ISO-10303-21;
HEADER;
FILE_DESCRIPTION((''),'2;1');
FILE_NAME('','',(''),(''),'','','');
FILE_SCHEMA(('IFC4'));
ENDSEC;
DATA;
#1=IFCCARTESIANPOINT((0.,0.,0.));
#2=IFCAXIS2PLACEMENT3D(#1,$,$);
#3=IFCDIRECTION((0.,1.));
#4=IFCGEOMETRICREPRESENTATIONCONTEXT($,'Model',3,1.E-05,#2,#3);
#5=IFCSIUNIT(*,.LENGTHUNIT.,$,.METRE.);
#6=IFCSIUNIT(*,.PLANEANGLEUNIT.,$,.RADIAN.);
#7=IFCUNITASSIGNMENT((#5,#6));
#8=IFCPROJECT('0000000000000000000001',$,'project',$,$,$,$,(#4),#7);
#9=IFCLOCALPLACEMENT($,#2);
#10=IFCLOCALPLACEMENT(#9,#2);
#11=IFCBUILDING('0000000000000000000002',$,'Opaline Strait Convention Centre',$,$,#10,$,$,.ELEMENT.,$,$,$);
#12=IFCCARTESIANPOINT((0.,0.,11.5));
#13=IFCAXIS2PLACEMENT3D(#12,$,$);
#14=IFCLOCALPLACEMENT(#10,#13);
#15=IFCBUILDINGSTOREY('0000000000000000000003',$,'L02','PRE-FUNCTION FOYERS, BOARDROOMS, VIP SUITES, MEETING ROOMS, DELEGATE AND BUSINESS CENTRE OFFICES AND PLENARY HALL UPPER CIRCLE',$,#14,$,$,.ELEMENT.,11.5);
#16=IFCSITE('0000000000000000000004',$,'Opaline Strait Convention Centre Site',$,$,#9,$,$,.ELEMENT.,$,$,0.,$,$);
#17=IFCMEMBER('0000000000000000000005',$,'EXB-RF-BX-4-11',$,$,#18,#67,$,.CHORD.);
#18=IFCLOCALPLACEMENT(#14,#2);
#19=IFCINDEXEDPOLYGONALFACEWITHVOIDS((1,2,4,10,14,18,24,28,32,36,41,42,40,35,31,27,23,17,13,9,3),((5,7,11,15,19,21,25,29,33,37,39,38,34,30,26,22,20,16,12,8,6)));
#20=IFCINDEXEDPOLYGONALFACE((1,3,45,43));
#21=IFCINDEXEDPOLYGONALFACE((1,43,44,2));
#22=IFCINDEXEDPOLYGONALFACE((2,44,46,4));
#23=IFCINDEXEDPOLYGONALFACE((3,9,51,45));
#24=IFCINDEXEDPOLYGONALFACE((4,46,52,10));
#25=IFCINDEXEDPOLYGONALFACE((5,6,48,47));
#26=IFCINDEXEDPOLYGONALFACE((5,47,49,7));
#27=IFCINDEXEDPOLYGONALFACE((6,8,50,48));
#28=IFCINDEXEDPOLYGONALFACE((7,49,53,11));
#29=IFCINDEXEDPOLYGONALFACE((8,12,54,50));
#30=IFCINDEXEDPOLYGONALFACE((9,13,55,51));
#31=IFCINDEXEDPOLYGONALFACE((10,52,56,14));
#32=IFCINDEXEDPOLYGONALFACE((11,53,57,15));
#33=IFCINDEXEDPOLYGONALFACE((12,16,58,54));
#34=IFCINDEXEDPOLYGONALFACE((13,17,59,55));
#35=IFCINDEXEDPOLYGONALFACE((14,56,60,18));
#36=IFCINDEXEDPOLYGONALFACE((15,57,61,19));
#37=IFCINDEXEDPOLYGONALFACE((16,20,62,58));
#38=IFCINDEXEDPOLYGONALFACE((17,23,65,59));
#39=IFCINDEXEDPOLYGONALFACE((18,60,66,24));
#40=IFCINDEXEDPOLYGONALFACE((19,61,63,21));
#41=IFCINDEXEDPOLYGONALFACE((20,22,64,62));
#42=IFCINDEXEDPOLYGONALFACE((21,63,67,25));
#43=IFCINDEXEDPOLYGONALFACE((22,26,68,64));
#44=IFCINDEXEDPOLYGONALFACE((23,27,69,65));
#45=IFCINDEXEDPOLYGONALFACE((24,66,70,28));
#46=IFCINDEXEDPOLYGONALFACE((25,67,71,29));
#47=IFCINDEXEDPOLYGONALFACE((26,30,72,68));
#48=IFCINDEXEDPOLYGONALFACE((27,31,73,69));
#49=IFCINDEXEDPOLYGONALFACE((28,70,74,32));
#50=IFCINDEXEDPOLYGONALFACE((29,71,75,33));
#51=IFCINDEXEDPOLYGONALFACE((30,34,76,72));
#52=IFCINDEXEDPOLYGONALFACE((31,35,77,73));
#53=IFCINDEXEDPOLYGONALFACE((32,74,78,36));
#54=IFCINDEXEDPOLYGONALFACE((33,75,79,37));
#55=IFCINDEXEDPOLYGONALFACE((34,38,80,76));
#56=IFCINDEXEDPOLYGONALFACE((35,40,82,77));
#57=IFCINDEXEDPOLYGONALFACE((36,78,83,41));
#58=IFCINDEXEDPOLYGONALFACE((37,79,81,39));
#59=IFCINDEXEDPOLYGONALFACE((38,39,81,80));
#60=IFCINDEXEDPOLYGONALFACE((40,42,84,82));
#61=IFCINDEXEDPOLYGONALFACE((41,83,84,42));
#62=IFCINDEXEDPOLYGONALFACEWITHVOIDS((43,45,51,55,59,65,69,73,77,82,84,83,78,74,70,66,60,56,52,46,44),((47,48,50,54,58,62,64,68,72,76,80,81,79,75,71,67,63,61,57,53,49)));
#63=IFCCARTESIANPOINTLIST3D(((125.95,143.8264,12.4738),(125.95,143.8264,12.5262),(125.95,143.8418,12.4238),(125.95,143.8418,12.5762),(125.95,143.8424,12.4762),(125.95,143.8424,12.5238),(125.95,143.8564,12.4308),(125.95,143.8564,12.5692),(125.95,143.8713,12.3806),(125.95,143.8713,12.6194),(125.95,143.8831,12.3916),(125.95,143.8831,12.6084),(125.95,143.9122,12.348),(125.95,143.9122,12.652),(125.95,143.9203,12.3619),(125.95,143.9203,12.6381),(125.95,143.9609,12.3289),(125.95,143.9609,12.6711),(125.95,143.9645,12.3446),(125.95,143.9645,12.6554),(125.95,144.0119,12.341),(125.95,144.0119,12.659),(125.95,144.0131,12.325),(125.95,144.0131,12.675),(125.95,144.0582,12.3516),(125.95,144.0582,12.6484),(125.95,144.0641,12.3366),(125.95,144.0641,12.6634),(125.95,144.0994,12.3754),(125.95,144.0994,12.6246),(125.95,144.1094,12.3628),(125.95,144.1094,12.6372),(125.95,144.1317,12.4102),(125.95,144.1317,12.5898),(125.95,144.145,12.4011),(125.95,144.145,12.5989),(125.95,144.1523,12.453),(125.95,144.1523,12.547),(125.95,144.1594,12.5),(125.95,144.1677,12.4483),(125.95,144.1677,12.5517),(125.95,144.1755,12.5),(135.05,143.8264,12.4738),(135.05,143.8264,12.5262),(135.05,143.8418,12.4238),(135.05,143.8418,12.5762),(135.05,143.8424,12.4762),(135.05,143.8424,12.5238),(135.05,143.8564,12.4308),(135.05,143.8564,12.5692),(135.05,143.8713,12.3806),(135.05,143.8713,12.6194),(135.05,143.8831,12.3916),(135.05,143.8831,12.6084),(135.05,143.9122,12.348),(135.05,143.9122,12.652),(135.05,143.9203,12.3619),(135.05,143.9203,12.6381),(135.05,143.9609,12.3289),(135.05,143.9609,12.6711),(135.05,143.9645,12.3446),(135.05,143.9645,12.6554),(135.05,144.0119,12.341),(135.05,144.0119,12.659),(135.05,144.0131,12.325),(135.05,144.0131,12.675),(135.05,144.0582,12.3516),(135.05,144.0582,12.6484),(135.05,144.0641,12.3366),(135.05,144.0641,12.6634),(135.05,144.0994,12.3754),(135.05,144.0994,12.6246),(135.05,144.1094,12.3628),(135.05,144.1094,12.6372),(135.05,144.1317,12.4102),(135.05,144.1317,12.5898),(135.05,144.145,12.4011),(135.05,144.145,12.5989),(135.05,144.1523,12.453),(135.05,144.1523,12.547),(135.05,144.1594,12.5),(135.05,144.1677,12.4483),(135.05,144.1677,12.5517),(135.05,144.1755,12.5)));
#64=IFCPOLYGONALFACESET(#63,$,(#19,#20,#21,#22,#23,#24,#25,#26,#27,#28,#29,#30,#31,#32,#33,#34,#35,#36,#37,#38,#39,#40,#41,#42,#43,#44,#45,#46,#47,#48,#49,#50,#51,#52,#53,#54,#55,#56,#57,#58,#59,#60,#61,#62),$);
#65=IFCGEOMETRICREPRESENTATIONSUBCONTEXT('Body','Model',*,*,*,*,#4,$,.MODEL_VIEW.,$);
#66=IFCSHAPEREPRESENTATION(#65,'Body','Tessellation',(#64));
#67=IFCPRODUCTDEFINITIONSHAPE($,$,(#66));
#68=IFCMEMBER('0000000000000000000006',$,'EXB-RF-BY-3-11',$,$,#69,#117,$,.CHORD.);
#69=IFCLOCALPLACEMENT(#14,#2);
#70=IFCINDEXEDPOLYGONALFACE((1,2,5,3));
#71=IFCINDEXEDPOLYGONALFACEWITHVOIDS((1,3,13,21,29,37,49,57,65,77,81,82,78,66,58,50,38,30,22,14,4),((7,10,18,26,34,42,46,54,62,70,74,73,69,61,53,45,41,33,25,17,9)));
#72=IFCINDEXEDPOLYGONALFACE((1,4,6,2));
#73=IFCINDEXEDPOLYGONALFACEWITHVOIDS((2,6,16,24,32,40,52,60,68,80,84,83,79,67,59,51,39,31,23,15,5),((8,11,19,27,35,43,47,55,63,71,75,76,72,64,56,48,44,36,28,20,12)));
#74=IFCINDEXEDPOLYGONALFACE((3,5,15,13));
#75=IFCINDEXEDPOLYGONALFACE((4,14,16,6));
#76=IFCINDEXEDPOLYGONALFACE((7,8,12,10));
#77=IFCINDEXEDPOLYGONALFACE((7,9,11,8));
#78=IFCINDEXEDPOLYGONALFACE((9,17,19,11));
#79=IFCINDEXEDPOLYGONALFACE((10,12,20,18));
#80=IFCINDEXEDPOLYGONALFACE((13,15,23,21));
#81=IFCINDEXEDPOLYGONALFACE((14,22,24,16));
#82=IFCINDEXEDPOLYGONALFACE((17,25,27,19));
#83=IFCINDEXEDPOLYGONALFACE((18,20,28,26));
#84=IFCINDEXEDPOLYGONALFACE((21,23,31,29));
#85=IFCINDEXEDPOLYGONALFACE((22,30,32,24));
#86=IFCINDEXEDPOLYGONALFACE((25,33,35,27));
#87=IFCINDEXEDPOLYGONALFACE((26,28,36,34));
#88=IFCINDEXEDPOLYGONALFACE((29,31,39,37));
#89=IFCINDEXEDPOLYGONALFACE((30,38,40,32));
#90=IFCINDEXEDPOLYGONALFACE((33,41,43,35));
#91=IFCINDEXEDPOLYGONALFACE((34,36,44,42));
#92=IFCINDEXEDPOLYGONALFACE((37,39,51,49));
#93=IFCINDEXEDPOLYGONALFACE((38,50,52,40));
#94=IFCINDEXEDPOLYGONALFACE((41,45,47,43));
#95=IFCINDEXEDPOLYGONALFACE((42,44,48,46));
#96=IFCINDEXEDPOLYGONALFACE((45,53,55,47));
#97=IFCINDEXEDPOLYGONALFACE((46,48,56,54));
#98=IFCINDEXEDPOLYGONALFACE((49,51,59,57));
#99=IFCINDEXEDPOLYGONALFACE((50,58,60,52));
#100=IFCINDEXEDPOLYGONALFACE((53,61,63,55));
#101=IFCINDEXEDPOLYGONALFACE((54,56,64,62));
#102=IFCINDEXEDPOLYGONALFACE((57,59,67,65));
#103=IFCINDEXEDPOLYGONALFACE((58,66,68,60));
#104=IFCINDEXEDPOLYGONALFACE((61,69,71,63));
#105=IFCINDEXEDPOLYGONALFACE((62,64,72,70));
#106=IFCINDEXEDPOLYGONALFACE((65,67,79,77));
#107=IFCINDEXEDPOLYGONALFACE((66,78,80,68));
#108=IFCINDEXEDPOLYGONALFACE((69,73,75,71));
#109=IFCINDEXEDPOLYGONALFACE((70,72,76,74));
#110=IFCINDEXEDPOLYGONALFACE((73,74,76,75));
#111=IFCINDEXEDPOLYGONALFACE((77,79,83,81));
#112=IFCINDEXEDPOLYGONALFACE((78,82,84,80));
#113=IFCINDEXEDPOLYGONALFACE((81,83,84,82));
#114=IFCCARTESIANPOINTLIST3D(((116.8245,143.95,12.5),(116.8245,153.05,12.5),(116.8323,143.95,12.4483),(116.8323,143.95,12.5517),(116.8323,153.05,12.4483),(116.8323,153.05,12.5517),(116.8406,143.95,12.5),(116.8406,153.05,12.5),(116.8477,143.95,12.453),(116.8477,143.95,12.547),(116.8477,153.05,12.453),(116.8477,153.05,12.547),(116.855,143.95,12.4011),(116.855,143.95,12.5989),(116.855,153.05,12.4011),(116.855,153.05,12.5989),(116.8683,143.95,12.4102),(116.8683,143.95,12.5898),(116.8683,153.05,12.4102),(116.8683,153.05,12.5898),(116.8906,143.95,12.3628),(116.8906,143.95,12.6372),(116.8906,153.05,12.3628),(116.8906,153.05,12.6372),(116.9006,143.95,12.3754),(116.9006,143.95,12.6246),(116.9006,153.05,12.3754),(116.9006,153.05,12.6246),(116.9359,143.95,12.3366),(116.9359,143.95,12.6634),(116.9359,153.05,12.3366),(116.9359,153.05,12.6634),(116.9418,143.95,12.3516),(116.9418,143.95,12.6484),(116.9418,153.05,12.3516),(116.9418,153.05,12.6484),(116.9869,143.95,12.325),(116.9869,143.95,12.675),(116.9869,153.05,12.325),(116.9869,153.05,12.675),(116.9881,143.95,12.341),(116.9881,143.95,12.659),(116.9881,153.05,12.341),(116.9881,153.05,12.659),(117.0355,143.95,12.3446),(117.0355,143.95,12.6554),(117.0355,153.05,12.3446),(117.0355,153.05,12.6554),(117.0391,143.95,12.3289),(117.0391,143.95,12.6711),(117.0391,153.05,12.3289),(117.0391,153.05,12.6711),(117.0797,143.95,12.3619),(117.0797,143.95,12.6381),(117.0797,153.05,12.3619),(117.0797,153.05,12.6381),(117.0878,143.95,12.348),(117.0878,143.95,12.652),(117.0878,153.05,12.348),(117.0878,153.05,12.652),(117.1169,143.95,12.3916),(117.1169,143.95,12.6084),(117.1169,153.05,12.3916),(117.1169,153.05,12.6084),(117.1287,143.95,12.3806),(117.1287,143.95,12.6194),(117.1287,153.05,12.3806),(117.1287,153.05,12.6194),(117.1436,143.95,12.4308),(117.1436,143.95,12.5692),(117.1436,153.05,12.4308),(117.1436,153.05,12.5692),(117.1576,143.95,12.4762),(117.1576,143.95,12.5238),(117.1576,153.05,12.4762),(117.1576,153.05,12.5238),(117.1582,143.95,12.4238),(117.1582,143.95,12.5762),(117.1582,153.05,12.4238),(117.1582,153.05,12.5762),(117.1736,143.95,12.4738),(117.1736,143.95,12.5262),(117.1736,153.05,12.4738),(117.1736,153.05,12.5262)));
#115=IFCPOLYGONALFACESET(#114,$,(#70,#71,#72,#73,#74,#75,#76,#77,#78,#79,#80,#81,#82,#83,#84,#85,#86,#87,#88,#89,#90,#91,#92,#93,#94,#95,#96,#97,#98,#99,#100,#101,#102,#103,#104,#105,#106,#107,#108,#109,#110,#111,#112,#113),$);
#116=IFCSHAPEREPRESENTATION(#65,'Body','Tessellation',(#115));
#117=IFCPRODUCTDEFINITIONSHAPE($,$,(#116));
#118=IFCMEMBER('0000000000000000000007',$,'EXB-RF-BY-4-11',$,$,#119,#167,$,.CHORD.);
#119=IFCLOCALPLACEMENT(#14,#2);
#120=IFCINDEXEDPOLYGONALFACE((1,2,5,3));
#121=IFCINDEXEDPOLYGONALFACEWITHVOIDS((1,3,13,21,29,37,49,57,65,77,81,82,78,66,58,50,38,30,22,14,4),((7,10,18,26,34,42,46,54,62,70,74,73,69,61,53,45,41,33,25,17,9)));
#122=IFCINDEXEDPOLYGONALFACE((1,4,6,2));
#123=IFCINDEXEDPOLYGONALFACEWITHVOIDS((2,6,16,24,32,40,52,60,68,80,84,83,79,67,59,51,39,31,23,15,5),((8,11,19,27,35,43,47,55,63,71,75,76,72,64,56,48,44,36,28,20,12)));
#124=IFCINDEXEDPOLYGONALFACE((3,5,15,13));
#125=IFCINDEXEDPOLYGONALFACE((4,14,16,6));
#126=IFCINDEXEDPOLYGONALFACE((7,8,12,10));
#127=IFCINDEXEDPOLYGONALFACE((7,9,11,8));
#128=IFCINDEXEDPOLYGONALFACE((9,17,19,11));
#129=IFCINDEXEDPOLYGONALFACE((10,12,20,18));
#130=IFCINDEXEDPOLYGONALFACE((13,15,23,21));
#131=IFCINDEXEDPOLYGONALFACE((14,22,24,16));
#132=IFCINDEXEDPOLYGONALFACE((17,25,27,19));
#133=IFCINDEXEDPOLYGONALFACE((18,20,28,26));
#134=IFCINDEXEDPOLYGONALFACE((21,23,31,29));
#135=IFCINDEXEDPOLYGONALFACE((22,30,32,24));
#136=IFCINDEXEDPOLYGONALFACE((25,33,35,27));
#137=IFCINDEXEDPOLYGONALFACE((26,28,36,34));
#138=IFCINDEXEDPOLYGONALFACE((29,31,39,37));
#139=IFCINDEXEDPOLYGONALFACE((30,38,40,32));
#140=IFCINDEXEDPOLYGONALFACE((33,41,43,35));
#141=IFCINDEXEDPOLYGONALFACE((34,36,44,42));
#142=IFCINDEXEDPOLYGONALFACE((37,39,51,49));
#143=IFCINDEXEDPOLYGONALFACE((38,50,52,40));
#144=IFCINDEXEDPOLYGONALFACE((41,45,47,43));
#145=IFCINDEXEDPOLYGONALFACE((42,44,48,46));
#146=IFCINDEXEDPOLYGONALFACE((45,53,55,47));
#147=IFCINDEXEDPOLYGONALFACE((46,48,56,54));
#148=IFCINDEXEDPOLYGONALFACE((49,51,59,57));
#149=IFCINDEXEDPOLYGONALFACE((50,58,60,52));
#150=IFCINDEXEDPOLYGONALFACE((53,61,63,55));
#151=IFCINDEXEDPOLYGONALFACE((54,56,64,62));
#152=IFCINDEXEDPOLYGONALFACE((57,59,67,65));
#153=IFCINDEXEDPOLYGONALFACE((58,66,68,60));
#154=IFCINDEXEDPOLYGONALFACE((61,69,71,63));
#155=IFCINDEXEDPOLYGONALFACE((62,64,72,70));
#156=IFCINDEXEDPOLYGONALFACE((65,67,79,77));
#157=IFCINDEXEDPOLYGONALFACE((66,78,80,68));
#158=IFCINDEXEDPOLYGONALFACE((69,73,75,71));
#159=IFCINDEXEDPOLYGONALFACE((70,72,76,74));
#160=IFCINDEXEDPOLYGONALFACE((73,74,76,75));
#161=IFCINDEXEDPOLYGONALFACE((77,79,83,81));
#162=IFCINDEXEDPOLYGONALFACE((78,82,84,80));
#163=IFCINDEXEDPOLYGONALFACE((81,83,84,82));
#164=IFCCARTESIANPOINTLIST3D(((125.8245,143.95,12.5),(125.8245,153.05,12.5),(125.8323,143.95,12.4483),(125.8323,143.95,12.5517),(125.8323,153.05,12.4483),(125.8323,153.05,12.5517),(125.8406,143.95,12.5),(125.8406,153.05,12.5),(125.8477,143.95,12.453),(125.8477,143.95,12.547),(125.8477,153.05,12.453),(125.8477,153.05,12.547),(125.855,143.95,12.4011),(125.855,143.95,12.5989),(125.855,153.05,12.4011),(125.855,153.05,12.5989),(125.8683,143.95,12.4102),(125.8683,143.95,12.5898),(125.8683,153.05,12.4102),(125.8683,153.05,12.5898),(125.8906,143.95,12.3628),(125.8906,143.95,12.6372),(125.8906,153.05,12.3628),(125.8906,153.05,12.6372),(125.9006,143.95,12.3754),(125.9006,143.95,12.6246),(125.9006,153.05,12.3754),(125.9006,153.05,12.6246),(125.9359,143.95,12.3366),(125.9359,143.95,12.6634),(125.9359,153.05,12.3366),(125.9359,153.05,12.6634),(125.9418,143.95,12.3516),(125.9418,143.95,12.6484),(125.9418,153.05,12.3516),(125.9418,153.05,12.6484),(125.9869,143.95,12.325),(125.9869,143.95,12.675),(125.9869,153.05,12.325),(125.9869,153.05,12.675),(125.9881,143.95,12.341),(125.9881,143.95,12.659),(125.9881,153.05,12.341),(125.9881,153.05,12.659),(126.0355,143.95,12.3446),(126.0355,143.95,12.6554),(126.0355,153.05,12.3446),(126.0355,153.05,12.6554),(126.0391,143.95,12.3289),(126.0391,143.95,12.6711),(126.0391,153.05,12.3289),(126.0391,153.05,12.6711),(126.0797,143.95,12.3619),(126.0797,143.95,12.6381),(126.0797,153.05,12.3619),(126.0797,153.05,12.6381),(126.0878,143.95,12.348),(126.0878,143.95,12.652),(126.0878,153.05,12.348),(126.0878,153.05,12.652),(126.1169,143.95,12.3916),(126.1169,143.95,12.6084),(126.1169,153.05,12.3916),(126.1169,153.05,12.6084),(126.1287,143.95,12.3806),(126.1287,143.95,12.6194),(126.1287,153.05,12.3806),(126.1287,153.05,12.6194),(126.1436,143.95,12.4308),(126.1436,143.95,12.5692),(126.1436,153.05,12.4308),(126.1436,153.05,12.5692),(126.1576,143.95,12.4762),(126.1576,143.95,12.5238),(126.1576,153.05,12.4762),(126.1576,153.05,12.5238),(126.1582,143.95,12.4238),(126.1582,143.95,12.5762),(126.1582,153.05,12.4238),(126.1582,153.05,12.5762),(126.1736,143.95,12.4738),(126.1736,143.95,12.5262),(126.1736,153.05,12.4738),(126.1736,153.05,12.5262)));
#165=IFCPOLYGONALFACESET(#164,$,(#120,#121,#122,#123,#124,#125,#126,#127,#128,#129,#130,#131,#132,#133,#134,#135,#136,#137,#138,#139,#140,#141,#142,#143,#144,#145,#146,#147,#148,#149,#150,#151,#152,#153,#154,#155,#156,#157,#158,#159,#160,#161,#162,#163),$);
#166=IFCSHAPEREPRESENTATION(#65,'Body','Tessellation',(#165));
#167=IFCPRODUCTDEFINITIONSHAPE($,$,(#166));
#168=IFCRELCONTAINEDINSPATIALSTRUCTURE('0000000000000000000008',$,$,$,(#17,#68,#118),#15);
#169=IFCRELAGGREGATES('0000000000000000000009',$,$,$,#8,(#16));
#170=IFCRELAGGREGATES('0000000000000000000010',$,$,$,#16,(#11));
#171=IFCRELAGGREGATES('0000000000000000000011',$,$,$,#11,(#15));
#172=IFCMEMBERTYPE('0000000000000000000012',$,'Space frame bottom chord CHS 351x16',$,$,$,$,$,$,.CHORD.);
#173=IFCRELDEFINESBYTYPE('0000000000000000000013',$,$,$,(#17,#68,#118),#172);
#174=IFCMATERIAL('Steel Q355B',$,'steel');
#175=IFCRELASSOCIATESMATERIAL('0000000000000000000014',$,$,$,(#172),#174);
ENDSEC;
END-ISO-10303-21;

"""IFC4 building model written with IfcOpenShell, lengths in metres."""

from ifc_helpers import new_model, si_unit, direction, frame, origin, origin_2d, place, context, subcontext, project, spatial, hollow_circle, extrude, material, material_profile, profile_set, type_object, element, save


model = new_model("IFC4")

# Units and contexts
model_context = context("Model", 3, precision=1e-05, world=origin(), true_north=direction((0.0, 1.0)))
body_context = subcontext(model_context, "Body", "Model", "MODEL_VIEW")
ifc_project = project(units=[si_unit("LENGTHUNIT", "METRE"), si_unit("PLANEANGLEUNIT", "RADIAN")], contexts=[model_context])

# Site, building, storey
site_placement = place(None, origin())
site = spatial("IfcSite", under=ifc_project, at=site_placement, Name="Opaline Strait Convention Centre Site", CompositionType="ELEMENT", RefElevation=0.0)
building_placement = place(site_placement, origin())
building = spatial("IfcBuilding", under=site, at=building_placement, Name="Opaline Strait Convention Centre", CompositionType="ELEMENT")
storey_placement = place(building_placement, frame((0.0, 0.0, 11.5)))
storey = spatial("IfcBuildingStorey", under=building, at=storey_placement, Name="L02", Description="PRE-FUNCTION FOYERS, BOARDROOMS, VIP SUITES, MEETING ROOMS, DELEGATE AND BUSINESS CENTRE OFFICES AND PLENARY HALL UPPER CIRCLE", CompositionType="ELEMENT", Elevation=11.5)

# Members
ifc_material = material(Name="Steel Q355B", Category="steel")
ifc_material_profile_1 = material_profile(ifc_material, hollow_circle(Radius=0.1755, WallThickness=0.0161, at=origin_2d()), Name="CHS 351x16")
ifc_profile_set_1 = profile_set([ifc_material_profile_1], Name="Steel Q355B")
member_type_1 = type_object("IfcMemberType", Name="Space frame bottom chord CHS 351x16", PredefinedType="CHORD", material=ifc_profile_set_1)
for number, where, z_axis, x_axis, name in (
    (1, (125.95, 144.0, 12.5), (1.0, 0.0, 0.0), (0.0, 1.0, 0.0), "EXB-RF-BX-4-11"),
    (2, (117.0, 143.95, 12.5), (0.0, 1.0, 0.0), (-1.0, 0.0, 0.0), "EXB-RF-BY-3-11"),
    (3, (126.0, 143.95, 12.5), (0.0, 1.0, 0.0), (-1.0, 0.0, 0.0), "EXB-RF-BY-4-11"),
):
    element("IfcMember", number, at=place(storey_placement, frame(where, z_axis=z_axis, x_axis=x_axis)), inside=storey, type_object=member_type_1, Name=name, PredefinedType="CHORD", context=body_context, shape_type="SweptSolid", body=[
        extrude(hollow_circle(Radius=0.1755, WallThickness=0.0161, at=origin_2d()), origin(), (0.0, 0.0, 1.0), 9.1001),
    ])

save(model, "model.ifc")
